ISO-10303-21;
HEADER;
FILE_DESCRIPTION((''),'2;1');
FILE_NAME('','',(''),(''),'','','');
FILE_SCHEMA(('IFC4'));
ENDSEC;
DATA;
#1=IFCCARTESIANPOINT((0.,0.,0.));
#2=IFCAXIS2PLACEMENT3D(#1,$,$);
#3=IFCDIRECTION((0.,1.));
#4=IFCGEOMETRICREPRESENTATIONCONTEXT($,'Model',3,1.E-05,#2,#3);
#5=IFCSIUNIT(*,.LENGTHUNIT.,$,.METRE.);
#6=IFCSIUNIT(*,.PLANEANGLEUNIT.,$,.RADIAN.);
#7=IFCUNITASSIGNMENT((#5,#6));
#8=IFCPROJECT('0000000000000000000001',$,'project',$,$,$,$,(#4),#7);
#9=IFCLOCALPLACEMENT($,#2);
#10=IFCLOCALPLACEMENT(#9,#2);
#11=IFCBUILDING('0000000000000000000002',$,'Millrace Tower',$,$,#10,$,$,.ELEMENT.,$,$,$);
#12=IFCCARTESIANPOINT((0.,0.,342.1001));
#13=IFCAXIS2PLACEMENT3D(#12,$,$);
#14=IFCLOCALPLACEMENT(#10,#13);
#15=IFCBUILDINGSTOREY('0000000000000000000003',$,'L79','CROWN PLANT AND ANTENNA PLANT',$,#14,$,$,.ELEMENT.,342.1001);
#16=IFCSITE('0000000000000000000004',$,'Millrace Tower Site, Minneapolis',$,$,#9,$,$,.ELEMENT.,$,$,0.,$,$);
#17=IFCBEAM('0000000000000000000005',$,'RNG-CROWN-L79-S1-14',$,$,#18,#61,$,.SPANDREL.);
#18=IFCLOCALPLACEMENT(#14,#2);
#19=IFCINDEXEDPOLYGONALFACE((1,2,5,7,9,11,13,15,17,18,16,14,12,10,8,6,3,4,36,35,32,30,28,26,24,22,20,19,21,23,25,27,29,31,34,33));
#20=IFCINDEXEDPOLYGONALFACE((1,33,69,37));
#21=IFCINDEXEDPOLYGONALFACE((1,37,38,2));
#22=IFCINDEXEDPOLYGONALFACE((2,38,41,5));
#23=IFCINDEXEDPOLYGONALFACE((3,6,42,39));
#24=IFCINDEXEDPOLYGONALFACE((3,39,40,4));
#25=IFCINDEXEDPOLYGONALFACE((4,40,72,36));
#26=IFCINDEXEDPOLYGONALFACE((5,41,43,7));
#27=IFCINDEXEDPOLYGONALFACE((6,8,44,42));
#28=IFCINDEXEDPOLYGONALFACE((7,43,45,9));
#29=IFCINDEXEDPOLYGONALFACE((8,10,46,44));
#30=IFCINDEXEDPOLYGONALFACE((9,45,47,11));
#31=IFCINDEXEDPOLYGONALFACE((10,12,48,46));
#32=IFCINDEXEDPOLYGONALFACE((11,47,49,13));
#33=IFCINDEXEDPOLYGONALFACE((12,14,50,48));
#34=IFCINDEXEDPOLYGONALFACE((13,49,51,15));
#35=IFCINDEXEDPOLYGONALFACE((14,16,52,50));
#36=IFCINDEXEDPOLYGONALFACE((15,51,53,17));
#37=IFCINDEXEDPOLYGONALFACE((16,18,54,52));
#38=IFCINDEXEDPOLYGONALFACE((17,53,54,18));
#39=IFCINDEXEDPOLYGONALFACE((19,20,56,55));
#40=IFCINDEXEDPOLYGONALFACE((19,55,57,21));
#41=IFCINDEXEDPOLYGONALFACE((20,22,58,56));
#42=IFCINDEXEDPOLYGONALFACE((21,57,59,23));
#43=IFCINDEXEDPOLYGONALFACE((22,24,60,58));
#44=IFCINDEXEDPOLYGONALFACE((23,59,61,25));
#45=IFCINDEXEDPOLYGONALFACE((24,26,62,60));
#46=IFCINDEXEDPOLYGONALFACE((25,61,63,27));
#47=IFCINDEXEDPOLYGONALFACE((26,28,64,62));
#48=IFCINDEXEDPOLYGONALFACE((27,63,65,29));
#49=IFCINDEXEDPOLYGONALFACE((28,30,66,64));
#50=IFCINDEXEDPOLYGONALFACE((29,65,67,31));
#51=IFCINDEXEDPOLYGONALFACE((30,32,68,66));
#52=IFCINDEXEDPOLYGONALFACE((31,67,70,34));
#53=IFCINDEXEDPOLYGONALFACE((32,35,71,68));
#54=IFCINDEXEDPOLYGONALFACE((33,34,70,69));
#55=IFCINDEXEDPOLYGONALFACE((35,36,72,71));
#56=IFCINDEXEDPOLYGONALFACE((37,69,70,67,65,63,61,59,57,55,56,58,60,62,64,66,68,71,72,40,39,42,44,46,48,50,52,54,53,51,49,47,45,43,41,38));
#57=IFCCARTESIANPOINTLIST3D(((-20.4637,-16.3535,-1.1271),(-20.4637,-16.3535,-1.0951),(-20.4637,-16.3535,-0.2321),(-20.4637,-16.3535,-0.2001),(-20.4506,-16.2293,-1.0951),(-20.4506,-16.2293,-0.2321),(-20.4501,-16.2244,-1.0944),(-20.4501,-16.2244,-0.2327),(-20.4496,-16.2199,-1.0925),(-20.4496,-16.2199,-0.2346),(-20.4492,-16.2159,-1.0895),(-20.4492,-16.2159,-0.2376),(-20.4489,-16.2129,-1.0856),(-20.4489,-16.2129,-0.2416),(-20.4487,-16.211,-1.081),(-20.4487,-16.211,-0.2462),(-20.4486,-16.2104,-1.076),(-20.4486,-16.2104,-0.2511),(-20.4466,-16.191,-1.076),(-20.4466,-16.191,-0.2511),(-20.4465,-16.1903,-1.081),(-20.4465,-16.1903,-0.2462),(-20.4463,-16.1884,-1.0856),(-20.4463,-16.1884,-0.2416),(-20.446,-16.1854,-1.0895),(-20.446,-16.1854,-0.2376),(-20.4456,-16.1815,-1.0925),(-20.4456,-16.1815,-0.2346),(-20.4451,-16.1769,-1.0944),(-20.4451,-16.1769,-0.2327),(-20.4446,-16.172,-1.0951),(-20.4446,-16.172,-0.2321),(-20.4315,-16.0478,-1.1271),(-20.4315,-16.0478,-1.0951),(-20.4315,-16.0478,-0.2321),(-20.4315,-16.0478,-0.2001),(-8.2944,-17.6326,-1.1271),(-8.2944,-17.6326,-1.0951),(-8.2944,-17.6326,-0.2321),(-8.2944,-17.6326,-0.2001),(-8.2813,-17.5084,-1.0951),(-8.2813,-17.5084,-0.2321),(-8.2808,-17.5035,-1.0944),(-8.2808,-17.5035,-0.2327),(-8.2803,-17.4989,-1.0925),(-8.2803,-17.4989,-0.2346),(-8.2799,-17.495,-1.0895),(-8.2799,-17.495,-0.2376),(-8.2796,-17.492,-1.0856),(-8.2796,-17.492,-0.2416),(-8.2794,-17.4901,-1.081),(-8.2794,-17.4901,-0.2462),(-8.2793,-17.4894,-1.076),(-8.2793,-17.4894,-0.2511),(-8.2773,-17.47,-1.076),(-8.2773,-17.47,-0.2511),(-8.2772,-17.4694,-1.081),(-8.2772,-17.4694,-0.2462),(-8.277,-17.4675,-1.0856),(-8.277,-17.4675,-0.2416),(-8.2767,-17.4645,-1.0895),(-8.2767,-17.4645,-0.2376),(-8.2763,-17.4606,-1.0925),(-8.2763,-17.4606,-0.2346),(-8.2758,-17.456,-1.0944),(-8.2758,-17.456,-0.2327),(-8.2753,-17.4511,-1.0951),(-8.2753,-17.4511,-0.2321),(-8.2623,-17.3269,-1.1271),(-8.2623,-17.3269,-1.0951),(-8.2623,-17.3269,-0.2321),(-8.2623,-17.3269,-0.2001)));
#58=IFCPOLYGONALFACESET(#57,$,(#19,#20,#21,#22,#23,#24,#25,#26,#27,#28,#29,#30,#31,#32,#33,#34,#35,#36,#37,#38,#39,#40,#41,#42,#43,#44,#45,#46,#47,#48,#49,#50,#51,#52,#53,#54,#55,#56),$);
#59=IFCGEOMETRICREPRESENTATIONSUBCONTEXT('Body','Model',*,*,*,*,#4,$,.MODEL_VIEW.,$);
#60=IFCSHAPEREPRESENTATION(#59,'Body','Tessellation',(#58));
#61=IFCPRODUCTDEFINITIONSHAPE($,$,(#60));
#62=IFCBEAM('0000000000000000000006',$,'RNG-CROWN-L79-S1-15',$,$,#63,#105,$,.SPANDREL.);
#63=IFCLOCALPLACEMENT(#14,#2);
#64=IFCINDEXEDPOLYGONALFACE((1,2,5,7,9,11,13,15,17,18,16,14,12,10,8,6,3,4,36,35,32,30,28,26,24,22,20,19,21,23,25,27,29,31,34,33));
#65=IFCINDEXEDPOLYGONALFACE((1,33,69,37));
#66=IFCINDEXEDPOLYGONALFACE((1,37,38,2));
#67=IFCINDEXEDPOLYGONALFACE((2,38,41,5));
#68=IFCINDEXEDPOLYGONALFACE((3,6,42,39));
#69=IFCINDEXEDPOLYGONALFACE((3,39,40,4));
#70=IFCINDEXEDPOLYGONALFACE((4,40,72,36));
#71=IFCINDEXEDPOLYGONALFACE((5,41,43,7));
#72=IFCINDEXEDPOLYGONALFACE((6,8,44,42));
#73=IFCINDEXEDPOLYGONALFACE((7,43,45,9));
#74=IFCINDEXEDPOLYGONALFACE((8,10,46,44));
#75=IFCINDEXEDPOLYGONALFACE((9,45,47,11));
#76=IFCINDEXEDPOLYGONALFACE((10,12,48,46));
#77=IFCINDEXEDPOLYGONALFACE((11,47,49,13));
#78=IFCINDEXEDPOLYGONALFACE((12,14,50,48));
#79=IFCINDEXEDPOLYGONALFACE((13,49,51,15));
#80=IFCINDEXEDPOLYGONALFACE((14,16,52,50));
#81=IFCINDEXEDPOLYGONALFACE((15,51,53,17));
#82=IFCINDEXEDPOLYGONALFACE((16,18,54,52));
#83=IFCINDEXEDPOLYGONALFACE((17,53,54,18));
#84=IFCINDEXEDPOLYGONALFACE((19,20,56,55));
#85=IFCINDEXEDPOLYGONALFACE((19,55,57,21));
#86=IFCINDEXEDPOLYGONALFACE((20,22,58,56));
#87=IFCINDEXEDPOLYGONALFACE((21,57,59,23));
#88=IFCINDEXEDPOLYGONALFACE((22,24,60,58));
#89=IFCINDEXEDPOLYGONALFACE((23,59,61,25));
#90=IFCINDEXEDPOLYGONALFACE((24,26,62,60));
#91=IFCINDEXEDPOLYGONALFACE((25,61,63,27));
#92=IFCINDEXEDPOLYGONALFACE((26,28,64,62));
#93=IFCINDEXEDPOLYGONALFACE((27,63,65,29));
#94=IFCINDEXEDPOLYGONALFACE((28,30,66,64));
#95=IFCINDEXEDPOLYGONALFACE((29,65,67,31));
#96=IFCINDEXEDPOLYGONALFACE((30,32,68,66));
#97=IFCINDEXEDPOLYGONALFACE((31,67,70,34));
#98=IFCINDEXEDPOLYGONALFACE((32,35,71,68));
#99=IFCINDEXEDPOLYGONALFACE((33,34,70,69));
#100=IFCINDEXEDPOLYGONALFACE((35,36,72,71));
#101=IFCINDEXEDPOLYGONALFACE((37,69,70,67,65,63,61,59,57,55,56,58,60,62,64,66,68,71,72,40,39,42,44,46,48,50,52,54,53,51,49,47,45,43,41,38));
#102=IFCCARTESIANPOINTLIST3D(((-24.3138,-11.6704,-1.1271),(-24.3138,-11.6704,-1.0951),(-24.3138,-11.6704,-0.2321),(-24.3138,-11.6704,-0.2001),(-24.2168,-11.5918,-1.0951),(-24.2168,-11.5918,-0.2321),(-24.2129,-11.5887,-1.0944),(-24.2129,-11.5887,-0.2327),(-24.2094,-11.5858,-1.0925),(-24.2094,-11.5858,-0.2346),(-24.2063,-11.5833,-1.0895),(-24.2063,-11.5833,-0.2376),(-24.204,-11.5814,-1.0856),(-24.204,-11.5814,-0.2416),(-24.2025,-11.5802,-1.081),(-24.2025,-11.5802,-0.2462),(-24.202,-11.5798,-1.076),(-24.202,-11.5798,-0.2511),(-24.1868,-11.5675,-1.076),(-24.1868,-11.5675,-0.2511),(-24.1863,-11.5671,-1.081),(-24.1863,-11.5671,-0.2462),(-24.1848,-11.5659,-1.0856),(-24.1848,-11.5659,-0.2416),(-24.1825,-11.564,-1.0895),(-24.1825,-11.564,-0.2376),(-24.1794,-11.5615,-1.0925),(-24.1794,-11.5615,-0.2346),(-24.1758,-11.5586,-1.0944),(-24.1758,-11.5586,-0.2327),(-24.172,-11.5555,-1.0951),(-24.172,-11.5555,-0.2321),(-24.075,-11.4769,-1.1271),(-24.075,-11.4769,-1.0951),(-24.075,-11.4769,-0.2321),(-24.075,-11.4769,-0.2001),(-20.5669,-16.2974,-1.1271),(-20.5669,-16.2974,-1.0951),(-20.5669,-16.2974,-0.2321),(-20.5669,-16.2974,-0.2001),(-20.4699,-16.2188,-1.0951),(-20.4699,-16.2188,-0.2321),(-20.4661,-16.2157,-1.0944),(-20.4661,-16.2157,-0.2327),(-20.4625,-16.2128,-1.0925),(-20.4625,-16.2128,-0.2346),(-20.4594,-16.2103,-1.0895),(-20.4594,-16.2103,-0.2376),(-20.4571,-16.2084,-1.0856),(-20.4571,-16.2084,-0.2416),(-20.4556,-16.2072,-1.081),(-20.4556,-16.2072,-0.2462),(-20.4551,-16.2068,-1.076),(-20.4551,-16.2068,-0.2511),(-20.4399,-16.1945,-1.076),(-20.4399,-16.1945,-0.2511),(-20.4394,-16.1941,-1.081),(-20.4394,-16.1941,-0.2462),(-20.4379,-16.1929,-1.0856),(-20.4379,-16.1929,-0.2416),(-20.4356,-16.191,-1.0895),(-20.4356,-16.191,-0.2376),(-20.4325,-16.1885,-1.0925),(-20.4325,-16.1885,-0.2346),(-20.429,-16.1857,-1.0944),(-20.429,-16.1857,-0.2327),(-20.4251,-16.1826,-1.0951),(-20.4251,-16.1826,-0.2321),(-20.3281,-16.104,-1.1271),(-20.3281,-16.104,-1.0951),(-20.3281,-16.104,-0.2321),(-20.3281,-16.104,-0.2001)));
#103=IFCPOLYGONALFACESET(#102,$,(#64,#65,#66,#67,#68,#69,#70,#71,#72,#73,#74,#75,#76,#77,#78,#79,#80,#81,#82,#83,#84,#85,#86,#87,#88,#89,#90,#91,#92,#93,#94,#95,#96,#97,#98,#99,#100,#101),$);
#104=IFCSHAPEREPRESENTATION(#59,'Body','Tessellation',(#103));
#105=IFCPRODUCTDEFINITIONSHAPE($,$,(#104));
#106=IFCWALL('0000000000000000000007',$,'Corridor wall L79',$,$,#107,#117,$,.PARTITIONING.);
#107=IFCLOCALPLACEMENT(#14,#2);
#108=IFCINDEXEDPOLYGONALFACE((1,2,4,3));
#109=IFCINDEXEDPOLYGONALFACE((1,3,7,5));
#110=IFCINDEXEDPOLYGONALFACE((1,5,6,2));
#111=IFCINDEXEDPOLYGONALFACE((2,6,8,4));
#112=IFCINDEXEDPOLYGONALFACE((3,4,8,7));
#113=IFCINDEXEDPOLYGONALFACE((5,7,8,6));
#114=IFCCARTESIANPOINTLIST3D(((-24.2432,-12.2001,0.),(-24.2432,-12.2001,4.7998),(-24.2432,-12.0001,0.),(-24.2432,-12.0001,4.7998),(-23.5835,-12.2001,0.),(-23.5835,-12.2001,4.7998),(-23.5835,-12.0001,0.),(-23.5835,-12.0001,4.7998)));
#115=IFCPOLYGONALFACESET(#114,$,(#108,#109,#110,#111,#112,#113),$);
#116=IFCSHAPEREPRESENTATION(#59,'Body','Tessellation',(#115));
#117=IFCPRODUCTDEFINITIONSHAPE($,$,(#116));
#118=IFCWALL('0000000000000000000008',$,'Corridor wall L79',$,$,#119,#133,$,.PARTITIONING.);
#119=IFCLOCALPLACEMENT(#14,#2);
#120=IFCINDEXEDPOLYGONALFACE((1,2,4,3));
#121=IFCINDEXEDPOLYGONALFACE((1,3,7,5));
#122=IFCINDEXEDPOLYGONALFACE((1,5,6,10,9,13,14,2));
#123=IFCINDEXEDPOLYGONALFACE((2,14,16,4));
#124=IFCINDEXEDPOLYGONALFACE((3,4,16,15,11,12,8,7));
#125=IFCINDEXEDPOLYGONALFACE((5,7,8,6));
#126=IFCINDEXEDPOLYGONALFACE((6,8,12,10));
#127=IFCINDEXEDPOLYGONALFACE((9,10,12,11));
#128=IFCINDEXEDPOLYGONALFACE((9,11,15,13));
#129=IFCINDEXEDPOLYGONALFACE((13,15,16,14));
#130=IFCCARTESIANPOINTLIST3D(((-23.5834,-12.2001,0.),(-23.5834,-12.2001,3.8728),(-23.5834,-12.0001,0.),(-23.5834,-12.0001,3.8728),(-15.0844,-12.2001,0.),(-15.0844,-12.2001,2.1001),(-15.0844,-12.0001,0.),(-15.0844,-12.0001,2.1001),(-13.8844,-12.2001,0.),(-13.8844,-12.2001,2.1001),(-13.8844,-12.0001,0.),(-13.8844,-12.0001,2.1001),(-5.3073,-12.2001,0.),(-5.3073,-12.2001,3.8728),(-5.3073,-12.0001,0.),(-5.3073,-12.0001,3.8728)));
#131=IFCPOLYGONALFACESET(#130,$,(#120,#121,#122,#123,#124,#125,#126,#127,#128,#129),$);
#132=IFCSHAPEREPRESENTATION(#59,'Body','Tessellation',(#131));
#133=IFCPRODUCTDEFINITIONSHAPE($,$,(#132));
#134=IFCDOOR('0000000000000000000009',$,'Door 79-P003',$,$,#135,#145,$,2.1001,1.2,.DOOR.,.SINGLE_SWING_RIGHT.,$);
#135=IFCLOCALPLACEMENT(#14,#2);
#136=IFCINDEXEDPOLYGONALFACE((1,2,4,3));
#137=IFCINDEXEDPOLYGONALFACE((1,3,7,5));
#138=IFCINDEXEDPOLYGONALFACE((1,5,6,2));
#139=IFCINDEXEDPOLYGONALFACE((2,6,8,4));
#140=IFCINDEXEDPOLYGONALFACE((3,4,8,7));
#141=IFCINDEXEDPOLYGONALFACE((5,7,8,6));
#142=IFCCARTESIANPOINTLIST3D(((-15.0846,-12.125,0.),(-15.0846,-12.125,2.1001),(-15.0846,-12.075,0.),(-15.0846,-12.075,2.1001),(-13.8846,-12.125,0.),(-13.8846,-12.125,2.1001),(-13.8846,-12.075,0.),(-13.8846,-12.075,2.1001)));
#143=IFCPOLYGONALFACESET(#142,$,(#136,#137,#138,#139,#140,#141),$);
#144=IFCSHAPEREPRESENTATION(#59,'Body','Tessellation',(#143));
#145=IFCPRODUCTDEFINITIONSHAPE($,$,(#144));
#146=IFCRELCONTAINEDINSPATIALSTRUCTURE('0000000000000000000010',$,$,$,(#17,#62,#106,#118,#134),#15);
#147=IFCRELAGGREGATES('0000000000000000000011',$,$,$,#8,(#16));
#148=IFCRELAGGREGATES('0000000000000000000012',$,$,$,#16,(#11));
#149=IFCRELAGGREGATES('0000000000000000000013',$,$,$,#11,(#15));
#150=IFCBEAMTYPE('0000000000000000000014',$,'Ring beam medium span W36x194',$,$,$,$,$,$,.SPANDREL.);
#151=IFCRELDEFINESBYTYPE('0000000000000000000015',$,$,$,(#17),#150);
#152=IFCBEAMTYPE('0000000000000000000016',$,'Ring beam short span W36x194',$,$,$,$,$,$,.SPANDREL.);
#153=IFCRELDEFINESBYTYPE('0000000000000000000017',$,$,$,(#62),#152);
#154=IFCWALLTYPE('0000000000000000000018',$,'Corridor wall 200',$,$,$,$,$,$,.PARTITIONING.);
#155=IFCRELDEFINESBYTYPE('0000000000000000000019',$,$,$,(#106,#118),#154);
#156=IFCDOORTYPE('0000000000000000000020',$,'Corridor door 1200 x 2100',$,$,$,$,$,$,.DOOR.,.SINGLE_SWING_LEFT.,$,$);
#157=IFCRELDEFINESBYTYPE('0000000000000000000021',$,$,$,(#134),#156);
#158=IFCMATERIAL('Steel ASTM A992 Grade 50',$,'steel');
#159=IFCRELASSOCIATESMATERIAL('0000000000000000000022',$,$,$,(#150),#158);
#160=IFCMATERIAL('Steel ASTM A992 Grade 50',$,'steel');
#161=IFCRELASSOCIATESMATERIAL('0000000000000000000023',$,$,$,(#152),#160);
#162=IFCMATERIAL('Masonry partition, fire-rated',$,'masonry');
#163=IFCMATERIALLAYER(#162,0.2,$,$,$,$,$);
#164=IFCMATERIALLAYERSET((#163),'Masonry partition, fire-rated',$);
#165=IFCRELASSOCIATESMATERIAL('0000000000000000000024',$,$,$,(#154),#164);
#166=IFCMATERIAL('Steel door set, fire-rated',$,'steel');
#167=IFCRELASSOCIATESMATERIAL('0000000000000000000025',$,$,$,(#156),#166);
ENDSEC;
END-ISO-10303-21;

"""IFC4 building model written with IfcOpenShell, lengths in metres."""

from ifc_helpers import new_model, si_unit, direction, frame, frame_2d, origin, origin_2d, place, context, subcontext, project, spatial, rectangle, i_section, extrude, material, layer, layer_set, material_profile, profile_set, type_object, element, fill, save


model = new_model("IFC4")

# Units and contexts
model_context = context("Model", 3, precision=1e-05, world=origin(), true_north=direction((0.0, 1.0)))
body_context = subcontext(model_context, "Body", "Model", "MODEL_VIEW")
ifc_project = project(units=[si_unit("LENGTHUNIT", "METRE"), si_unit("PLANEANGLEUNIT", "RADIAN")], contexts=[model_context])

# Site, building, storey
site_placement = place(None, origin())
site = spatial("IfcSite", under=ifc_project, at=site_placement, Name="Millrace Tower Site, Minneapolis", CompositionType="ELEMENT", RefElevation=0.0)
building_placement = place(site_placement, origin())
building = spatial("IfcBuilding", under=site, at=building_placement, Name="Millrace Tower", CompositionType="ELEMENT")
storey_placement = place(building_placement, frame((0.0, 0.0, 342.1001)))
storey = spatial("IfcBuildingStorey", under=building, at=storey_placement, Name="L79", Description="CROWN PLANT AND ANTENNA PLANT", CompositionType="ELEMENT", Elevation=342.1001)

# Beams
ifc_material_1 = material(Name="Steel ASTM A992 Grade 50", Category="steel")
ifc_material_profile_1 = material_profile(ifc_material_1, i_section(OverallWidth=0.3074, OverallDepth=0.927, WebThickness=0.0195, FlangeThickness=0.032, FilletRadius=0.019, at=origin_2d()))
ifc_profile_set_1 = profile_set([ifc_material_profile_1], Name="Steel ASTM A992 Grade 50")
beam_type_1 = type_object("IfcBeamType", Name="Ring beam medium span W36x194", PredefinedType="SPANDREL", material=ifc_profile_set_1)
beam_1_placement = place(storey_placement, frame((-8.2783, -17.4797, -0.6636), z_axis=(-0.994522, 0.10453, 0.0), x_axis=(-0.10453, -0.994522, 0.0)))
element("IfcBeam", 1, at=beam_1_placement, inside=storey, type_object=beam_type_1, Name="RNG-CROWN-L79-S1-14", PredefinedType="SPANDREL", context=body_context, shape_type="SweptSolid", body=[
    extrude(i_section(OverallWidth=0.3074, OverallDepth=0.927, WebThickness=0.0195, FlangeThickness=0.032, FilletRadius=0.019, at=origin_2d()), origin(), (0.0, 0.0, 1.0), 12.2363),
])
ifc_material_2 = material(Name="Steel ASTM A992 Grade 50", Category="steel")
ifc_material_profile_2 = material_profile(ifc_material_2, i_section(OverallWidth=0.3074, OverallDepth=0.927, WebThickness=0.0195, FlangeThickness=0.032, FilletRadius=0.019, at=origin_2d()))
ifc_profile_set_2 = profile_set([ifc_material_profile_2], Name="Steel ASTM A992 Grade 50")
beam_type_2 = type_object("IfcBeamType", Name="Ring beam short span W36x194", PredefinedType="SPANDREL", material=ifc_profile_set_2)
beam_2_placement = place(storey_placement, frame((-20.4475, -16.2007, -0.6636), z_axis=(-0.62932, 0.777147, 0.0), x_axis=(-0.777147, -0.62932, 0.0)))
element("IfcBeam", 2, at=beam_2_placement, inside=storey, type_object=beam_type_2, Name="RNG-CROWN-L79-S1-15", PredefinedType="SPANDREL", context=body_context, shape_type="SweptSolid", body=[
    extrude(i_section(OverallWidth=0.3074, OverallDepth=0.927, WebThickness=0.0195, FlangeThickness=0.032, FilletRadius=0.019, at=origin_2d()), origin(), (0.0, 0.0, 1.0), 5.9539),
])

# Wall
ifc_material_3 = material(Name="Masonry partition, fire-rated", Category="masonry")
ifc_layer_1 = layer(ifc_material_3, 0.2)
ifc_layer_set_1 = layer_set([ifc_layer_1], Name="Masonry partition, fire-rated")
wall_type = type_object("IfcWallType", Name="Corridor wall 200", PredefinedType="PARTITIONING", material=ifc_layer_set_1)
wall_1_placement = place(storey_placement, frame((-24.2432, -12.1001, 0.0), z_axis=(0.0, 0.0, 1.0), x_axis=(1.0, 0.0, 0.0)))
element("IfcWall", 3, at=wall_1_placement, inside=storey, type_object=wall_type, Name="Corridor wall L79", PredefinedType="PARTITIONING", context=body_context, shape_type="SweptSolid", body=[
    extrude(rectangle(XDim=0.6597, YDim=0.2, at=frame_2d((0.3298, 0.0))), origin(), (0.0, 0.0, 1.0), 4.7998),
])

# Wall, opening, door
wall_2_placement = place(storey_placement, frame((-23.5835, -12.1001, 0.0), z_axis=(0.0, 0.0, 1.0), x_axis=(1.0, 0.0, 0.0)))
wall_2 = element("IfcWall", 4, at=wall_2_placement, inside=storey, type_object=wall_type, Name="Corridor wall L79", PredefinedType="PARTITIONING", context=body_context, shape_type="SweptSolid", body=[
    extrude(rectangle(XDim=18.2761, YDim=0.2, at=frame_2d((9.1382, 0.0))), origin(), (0.0, 0.0, 1.0), 3.8728),
])
opening_placement = place(wall_2_placement, frame((8.499, 0.0, 0.0)))
opening = element("IfcOpeningElement", 5, at=opening_placement, cuts=wall_2, PredefinedType="OPENING", context=body_context, shape_type="SweptSolid", body=[
    extrude(rectangle(XDim=1.2, YDim=2.1001, at=frame_2d((0.6001, 1.05))), frame((0.0, 0.1099, 0.0), z_axis=(0.0, -1.0, 0.0), x_axis=(1.0, 0.0, 0.0)), (0.0, 0.0, 1.0), 0.22),
])
ifc_material_4 = material(Name="Steel door set, fire-rated", Category="steel")
door_type = type_object("IfcDoorType", Name="Corridor door 1200 x 2100", OperationType="SINGLE_SWING_LEFT", PredefinedType="DOOR", material=ifc_material_4)
door_placement = place(opening_placement, frame((1.2, 0.0, 0.0), z_axis=(0.0, 0.0, 1.0), x_axis=(-1.0, 0.0, 0.0)))
door = element("IfcDoor", 6, at=door_placement, inside=storey, type_object=door_type, Name="Door 79-P003", OperationType="SINGLE_SWING_RIGHT", OverallHeight=2.1001, OverallWidth=1.2, PredefinedType="DOOR", context=body_context, shape_type="SweptSolid", body=[
    extrude(rectangle(XDim=1.2, YDim=2.1001, at=frame_2d((0.6001, 1.05))), frame((0.0, 0.0249, 0.0), z_axis=(0.0, -1.0, 0.0), x_axis=(1.0, 0.0, 0.0)), (0.0, 0.0, 1.0), 0.05),
])
fill(opening, door)

save(model, "model.ifc")
